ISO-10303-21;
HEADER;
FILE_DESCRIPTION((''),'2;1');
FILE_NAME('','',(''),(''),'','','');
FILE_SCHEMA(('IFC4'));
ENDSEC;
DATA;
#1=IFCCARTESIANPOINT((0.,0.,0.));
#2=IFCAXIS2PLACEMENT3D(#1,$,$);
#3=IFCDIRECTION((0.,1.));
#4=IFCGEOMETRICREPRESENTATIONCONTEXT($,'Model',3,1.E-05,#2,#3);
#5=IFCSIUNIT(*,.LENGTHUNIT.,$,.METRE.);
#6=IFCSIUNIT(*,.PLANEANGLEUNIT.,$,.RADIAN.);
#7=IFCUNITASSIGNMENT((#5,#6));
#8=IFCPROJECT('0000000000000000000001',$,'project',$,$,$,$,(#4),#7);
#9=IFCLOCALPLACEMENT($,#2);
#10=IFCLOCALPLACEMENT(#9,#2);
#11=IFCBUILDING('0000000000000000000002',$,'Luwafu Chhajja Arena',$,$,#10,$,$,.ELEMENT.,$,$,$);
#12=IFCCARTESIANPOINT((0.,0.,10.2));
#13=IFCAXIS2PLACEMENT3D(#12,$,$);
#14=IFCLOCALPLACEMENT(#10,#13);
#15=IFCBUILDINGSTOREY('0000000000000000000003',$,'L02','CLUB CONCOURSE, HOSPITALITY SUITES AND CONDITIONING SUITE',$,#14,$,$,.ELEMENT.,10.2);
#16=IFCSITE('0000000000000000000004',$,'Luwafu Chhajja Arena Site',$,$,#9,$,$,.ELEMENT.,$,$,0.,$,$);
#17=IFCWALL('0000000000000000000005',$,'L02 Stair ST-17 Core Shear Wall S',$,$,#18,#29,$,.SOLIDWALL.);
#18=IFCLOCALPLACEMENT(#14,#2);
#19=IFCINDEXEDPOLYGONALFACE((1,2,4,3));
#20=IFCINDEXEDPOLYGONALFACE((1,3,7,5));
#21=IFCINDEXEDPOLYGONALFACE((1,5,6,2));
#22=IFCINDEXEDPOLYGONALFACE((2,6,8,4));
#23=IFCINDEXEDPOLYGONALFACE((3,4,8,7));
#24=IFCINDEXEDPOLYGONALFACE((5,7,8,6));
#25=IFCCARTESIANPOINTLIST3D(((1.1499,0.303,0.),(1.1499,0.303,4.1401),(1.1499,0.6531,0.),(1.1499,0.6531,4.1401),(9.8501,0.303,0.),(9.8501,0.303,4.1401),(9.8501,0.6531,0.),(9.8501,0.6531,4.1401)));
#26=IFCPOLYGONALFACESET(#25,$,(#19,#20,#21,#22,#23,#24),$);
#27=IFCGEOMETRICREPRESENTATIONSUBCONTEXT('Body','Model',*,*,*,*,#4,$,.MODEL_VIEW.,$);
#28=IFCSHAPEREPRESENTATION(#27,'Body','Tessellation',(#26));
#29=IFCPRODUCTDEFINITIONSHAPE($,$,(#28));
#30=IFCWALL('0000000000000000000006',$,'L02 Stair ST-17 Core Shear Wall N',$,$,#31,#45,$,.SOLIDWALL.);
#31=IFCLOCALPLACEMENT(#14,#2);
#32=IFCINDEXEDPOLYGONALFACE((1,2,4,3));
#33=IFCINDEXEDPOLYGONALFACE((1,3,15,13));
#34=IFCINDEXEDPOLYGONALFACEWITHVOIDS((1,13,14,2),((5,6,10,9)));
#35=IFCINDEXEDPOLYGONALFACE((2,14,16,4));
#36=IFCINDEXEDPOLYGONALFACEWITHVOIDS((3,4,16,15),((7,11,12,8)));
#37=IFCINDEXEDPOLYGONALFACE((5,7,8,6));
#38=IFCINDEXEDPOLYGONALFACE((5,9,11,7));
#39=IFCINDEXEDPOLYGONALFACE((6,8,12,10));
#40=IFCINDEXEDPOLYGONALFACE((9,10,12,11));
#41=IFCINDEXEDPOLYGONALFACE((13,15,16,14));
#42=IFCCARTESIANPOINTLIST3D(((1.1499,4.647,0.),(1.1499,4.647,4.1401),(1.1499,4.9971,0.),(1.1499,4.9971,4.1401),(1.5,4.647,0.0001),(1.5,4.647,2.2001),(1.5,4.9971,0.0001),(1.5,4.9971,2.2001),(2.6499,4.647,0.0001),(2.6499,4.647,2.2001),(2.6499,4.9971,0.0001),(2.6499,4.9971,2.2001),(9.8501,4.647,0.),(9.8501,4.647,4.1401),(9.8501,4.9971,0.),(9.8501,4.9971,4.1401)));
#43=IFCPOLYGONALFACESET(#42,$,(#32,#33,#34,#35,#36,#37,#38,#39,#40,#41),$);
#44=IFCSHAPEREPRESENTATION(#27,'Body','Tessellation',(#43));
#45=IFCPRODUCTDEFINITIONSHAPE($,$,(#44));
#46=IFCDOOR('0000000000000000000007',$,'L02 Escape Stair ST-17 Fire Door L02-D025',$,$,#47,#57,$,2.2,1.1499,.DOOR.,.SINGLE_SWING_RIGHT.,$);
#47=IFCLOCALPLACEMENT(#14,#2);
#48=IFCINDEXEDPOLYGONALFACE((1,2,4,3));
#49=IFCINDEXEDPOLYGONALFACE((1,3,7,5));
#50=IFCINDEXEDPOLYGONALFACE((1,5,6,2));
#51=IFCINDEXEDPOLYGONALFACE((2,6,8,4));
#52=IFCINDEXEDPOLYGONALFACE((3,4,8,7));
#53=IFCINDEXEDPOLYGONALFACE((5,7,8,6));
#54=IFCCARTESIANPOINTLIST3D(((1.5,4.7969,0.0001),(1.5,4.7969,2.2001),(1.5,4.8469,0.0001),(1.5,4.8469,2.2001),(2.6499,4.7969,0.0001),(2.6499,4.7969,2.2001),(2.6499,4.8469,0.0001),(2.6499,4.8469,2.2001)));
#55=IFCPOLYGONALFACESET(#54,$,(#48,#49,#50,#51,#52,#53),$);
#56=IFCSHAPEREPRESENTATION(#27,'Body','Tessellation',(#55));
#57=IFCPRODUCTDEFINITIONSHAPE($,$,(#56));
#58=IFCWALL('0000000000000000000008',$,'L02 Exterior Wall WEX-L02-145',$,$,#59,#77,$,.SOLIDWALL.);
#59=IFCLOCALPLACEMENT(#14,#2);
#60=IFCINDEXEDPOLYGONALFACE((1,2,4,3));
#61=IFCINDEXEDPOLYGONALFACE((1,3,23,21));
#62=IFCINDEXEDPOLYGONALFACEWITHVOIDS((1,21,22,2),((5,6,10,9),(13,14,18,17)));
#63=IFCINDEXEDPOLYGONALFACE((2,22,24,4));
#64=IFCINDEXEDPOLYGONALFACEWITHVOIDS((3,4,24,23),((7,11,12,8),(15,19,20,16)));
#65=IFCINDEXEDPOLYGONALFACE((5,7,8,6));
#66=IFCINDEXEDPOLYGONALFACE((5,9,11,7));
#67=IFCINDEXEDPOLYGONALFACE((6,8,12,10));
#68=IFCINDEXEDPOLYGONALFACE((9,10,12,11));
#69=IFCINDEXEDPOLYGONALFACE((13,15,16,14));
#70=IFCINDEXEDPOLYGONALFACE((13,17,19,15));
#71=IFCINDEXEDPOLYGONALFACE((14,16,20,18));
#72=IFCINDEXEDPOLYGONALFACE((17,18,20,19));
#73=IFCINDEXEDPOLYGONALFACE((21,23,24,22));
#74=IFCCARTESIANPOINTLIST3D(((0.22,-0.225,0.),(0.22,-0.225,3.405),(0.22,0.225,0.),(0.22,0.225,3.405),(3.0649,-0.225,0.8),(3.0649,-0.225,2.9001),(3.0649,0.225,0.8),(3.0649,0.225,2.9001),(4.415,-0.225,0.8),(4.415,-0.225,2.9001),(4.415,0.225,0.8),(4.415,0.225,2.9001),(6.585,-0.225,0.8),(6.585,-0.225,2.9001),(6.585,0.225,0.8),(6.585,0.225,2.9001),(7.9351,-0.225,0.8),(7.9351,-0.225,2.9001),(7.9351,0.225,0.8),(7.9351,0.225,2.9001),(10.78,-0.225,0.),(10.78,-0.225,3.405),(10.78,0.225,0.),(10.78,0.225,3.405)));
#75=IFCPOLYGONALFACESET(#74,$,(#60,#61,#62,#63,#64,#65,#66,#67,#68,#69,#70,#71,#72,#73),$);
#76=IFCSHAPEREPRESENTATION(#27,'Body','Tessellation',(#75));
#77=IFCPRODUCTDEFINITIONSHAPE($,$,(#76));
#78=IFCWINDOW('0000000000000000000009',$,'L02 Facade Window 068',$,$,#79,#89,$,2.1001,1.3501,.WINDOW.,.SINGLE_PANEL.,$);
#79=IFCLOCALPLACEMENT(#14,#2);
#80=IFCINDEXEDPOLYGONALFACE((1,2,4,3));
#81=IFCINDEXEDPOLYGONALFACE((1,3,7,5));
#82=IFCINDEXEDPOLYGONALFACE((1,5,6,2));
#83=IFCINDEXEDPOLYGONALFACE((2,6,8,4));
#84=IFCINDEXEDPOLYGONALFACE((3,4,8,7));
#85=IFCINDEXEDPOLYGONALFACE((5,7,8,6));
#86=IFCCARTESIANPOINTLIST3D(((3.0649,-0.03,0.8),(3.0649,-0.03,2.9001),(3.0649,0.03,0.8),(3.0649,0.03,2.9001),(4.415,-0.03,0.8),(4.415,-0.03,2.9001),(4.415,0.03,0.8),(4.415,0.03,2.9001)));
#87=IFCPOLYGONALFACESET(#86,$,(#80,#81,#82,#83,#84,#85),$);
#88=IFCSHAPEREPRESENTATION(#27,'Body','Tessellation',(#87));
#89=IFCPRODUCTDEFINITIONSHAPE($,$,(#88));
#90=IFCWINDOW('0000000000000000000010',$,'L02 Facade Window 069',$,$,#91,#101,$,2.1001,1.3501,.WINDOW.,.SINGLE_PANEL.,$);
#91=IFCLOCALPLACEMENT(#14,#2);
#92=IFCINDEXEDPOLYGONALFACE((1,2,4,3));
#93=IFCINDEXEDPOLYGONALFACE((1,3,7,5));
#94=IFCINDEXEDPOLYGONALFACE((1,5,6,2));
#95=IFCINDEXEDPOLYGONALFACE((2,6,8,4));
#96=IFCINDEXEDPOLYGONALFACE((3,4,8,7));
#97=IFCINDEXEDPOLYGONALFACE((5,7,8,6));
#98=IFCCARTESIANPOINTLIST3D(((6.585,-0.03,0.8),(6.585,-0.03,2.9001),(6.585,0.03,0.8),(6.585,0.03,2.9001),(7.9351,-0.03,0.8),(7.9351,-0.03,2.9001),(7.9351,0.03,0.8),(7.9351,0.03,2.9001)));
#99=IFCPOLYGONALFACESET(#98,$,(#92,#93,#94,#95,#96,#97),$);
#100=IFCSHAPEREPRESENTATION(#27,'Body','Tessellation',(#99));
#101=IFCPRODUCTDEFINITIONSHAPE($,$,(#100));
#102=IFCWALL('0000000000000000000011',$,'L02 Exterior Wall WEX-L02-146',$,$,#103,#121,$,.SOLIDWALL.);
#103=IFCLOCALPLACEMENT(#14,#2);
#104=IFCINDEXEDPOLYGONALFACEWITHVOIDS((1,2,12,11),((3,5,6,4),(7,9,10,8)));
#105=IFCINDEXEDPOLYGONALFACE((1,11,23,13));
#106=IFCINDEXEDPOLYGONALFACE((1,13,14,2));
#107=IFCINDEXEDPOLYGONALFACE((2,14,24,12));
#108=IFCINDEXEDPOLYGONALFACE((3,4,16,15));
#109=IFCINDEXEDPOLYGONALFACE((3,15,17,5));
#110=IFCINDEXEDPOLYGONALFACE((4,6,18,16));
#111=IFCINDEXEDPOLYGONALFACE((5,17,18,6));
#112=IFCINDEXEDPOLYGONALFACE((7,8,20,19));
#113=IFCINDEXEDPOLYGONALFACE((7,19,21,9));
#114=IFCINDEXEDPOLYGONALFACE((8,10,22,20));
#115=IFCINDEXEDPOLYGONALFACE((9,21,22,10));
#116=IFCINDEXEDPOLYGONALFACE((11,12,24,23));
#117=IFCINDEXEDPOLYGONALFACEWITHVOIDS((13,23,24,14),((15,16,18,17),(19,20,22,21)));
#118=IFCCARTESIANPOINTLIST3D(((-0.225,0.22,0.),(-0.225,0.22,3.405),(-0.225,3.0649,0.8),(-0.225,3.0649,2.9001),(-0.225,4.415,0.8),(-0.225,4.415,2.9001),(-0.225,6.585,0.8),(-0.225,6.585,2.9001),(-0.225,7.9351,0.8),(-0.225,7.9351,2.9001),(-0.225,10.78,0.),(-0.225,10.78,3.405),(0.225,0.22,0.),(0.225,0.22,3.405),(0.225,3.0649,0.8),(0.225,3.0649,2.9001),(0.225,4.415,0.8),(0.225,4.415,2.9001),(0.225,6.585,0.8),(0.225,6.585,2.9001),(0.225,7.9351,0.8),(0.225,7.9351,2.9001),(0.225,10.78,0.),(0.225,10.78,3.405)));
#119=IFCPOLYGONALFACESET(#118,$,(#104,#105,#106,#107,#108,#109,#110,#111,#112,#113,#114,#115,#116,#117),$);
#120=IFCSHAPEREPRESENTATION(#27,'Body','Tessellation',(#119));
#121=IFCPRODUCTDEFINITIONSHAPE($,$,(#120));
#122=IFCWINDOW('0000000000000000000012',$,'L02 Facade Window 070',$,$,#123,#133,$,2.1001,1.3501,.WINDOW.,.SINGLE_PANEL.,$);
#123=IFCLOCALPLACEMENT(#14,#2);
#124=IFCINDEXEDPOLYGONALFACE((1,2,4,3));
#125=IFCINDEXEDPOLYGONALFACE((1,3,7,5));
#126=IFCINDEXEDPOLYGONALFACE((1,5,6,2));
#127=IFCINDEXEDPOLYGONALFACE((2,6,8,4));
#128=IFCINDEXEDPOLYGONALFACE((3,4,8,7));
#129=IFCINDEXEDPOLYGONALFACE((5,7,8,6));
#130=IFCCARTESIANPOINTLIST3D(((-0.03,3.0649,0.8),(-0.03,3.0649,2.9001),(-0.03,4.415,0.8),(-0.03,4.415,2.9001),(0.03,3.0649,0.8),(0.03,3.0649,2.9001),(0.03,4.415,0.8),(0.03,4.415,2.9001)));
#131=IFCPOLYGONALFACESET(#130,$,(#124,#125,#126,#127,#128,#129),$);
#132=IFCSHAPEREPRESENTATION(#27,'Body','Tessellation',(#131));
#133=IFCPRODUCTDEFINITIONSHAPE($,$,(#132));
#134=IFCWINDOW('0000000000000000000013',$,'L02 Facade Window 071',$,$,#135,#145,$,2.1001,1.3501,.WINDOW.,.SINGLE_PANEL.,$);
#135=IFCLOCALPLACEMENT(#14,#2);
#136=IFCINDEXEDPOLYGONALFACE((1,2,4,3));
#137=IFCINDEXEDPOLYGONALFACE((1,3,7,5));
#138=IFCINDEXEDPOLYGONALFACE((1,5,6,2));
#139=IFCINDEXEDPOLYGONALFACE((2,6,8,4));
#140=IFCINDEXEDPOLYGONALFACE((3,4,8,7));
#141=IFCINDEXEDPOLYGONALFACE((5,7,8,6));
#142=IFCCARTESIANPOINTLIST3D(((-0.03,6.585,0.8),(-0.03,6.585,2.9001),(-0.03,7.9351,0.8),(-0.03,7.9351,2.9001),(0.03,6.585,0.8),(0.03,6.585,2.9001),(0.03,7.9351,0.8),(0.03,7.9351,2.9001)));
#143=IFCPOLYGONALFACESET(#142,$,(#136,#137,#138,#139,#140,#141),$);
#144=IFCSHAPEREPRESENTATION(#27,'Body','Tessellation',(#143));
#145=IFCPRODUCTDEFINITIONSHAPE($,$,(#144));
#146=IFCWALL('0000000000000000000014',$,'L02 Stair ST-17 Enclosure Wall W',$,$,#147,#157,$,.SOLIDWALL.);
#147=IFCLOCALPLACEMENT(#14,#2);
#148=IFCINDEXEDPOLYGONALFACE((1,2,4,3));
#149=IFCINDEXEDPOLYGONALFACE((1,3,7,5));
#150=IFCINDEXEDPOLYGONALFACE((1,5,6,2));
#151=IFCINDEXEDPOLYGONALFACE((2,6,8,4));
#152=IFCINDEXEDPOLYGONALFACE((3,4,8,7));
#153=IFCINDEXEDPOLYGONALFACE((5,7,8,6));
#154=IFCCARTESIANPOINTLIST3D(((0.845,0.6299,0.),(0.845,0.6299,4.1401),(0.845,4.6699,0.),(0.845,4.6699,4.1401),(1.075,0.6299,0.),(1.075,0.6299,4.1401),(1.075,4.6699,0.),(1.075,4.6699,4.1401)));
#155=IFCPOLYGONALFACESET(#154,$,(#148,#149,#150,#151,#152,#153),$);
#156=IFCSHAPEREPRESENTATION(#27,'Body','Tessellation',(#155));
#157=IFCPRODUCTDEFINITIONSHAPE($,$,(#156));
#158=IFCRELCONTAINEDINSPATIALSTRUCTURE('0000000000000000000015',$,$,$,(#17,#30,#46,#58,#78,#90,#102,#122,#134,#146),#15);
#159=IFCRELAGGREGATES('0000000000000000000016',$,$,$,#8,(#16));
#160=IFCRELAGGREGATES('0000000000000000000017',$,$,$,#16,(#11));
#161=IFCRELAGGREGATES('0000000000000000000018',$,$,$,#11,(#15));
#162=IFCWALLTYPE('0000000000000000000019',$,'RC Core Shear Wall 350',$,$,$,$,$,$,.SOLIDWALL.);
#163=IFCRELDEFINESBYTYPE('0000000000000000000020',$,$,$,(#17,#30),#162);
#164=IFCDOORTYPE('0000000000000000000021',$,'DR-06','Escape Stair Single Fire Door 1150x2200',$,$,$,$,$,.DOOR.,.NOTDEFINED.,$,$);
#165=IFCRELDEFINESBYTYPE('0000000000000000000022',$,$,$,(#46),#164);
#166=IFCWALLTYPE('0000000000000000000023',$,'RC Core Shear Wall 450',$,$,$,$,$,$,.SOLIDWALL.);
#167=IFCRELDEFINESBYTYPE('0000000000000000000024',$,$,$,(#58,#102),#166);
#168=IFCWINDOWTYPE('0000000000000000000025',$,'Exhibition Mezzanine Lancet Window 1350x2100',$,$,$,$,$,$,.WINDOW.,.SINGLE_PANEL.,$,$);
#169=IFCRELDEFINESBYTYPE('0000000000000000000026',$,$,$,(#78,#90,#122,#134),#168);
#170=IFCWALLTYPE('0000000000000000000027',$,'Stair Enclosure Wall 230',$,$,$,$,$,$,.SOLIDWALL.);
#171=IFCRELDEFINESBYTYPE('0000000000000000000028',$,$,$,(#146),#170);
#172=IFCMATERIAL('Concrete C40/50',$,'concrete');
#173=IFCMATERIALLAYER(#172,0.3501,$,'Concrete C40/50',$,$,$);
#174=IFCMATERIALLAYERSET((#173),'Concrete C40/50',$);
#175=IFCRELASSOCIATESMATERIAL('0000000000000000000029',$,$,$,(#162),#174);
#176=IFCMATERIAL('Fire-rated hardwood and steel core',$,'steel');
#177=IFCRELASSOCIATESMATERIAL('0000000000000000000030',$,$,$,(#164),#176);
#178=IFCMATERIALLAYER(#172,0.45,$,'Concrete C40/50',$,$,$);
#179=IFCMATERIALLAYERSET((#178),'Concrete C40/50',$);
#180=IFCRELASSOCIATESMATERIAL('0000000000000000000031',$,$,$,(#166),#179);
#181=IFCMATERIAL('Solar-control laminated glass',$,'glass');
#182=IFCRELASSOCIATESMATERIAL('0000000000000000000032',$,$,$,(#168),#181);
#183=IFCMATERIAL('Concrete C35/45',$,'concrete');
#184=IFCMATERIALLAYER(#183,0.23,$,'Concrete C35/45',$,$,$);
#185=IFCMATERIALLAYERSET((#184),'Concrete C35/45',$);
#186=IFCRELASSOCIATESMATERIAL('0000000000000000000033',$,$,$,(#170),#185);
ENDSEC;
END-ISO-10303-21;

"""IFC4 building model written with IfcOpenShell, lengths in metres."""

from ifc_helpers import new_model, si_unit, direction, frame, frame_2d, origin, place, context, subcontext, project, spatial, rectangle, extrude, material, layer, layer_set, type_object, element, fill, save


model = new_model("IFC4")

# Units and contexts
model_context = context("Model", 3, precision=1e-05, world=origin(), true_north=direction((0.0, 1.0)))
body_context = subcontext(model_context, "Body", "Model", "MODEL_VIEW")
ifc_project = project(units=[si_unit("LENGTHUNIT", "METRE"), si_unit("PLANEANGLEUNIT", "RADIAN")], contexts=[model_context])

# Site, building, storey
site_placement = place(None, origin())
site = spatial("IfcSite", under=ifc_project, at=site_placement, Name="Luwafu Chhajja Arena Site", CompositionType="ELEMENT", RefElevation=0.0)
building_placement = place(site_placement, origin())
building = spatial("IfcBuilding", under=site, at=building_placement, Name="Luwafu Chhajja Arena", CompositionType="ELEMENT")
storey_placement = place(building_placement, frame((0.0, 0.0, 10.2)))
storey = spatial("IfcBuildingStorey", under=building, at=storey_placement, Name="L02", Description="CLUB CONCOURSE, HOSPITALITY SUITES AND CONDITIONING SUITE", CompositionType="ELEMENT", Elevation=10.2)

# Wall
ifc_material_1 = material(Name="Concrete C40/50", Category="concrete")
ifc_layer_1 = layer(ifc_material_1, 0.3501, Name="Concrete C40/50")
ifc_layer_set_1 = layer_set([ifc_layer_1], Name="Concrete C40/50")
wall_type_1 = type_object("IfcWallType", Name="RC Core Shear Wall 350", PredefinedType="SOLIDWALL", material=ifc_layer_set_1)
wall_1_placement = place(storey_placement, frame((1.1499, 0.478, 0.0), z_axis=(0.0, 0.0, 1.0), x_axis=(1.0, 0.0, 0.0)))
element("IfcWall", 1, at=wall_1_placement, inside=storey, type_object=wall_type_1, Name="L02 Stair ST-17 Core Shear Wall S", PredefinedType="SOLIDWALL", context=body_context, shape_type="SweptSolid", body=[
    extrude(rectangle(XDim=8.7002, YDim=0.3501, at=frame_2d((4.3501, 0.0))), origin(), (0.0, 0.0, 1.0), 4.1401),
])

# Wall, opening, door
wall_2_placement = place(storey_placement, frame((1.1499, 4.822, 0.0), z_axis=(0.0, 0.0, 1.0), x_axis=(1.0, 0.0, 0.0)))
wall_2 = element("IfcWall", 2, at=wall_2_placement, inside=storey, type_object=wall_type_1, Name="L02 Stair ST-17 Core Shear Wall N", PredefinedType="SOLIDWALL", context=body_context, shape_type="SweptSolid", body=[
    extrude(rectangle(XDim=8.7002, YDim=0.3501, at=frame_2d((4.3501, 0.0))), origin(), (0.0, 0.0, 1.0), 4.1401),
])
opening_1_placement = place(wall_2_placement, frame((0.3501, 0.0, 0.0)))
opening_1 = element("IfcOpeningElement", 3, at=opening_1_placement, cuts=wall_2, PredefinedType="OPENING", context=body_context, shape_type="SweptSolid", body=[
    extrude(rectangle(XDim=1.1499, YDim=2.2, at=frame_2d((0.575, 1.1001))), frame((0.0, 0.1851, 0.0), z_axis=(0.0, -1.0, 0.0), x_axis=(1.0, 0.0, 0.0)), (0.0, 0.0, 1.0), 0.3701),
])
ifc_material_2 = material(Name="Fire-rated hardwood and steel core", Category="steel")
door_type = type_object("IfcDoorType", Name="DR-06", Description="Escape Stair Single Fire Door 1150x2200", OperationType="NOTDEFINED", PredefinedType="DOOR", material=ifc_material_2)
door_placement = place(opening_1_placement, origin())
door = element("IfcDoor", 4, at=door_placement, inside=storey, type_object=door_type, Name="L02 Escape Stair ST-17 Fire Door L02-D025", OperationType="SINGLE_SWING_RIGHT", OverallHeight=2.2, OverallWidth=1.1499, PredefinedType="DOOR", context=body_context, shape_type="SweptSolid", body=[
    extrude(rectangle(XDim=1.1499, YDim=2.2, at=frame_2d((0.575, 1.1001))), frame((0.0, 0.0249, 0.0), z_axis=(0.0, -1.0, 0.0), x_axis=(1.0, 0.0, 0.0)), (0.0, 0.0, 1.0), 0.05),
])
fill(opening_1, door)

# Walls, openings, windows
ifc_layer_2 = layer(ifc_material_1, 0.45, Name="Concrete C40/50")
ifc_layer_set_2 = layer_set([ifc_layer_2], Name="Concrete C40/50")
wall_type_2 = type_object("IfcWallType", Name="RC Core Shear Wall 450", PredefinedType="SOLIDWALL", material=ifc_layer_set_2)
wall_3_placement = place(storey_placement, frame((0.22, 0.0, 0.0), z_axis=(0.0, 0.0, 1.0), x_axis=(1.0, 0.0, 0.0)))
wall_3 = element("IfcWall", 5, at=wall_3_placement, inside=storey, type_object=wall_type_2, Name="L02 Exterior Wall WEX-L02-145", PredefinedType="SOLIDWALL", context=body_context, shape_type="SweptSolid", body=[
    extrude(rectangle(XDim=10.5601, YDim=0.45, at=frame_2d((5.28, 0.0))), origin(), (0.0, 0.0, 1.0), 3.405),
])
opening_2_placement = place(wall_3_placement, frame((2.845, 0.0, 0.8)))
opening_2 = element("IfcOpeningElement", 6, at=opening_2_placement, cuts=wall_3, PredefinedType="OPENING", context=body_context, shape_type="SweptSolid", body=[
    extrude(rectangle(XDim=1.3501, YDim=2.1001, at=frame_2d((0.675, 1.05))), frame((0.0, 0.2349, 0.0), z_axis=(0.0, -1.0, 0.0), x_axis=(1.0, 0.0, 0.0)), (0.0, 0.0, 1.0), 0.47),
])
opening_3_placement = place(wall_3_placement, frame((6.365, 0.0, 0.8)))
opening_3 = element("IfcOpeningElement", 7, at=opening_3_placement, cuts=wall_3, PredefinedType="OPENING", context=body_context, shape_type="SweptSolid", body=[
    extrude(rectangle(XDim=1.3501, YDim=2.1001, at=frame_2d((0.675, 1.05))), frame((0.0, 0.2349, 0.0), z_axis=(0.0, -1.0, 0.0), x_axis=(1.0, 0.0, 0.0)), (0.0, 0.0, 1.0), 0.47),
])
ifc_material_3 = material(Name="Solar-control laminated glass", Category="glass")
window_type = type_object("IfcWindowType", Name="Exhibition Mezzanine Lancet Window 1350x2100", PartitioningType="SINGLE_PANEL", PredefinedType="WINDOW", material=ifc_material_3)
window_1_placement = place(opening_2_placement, origin())
window_1 = element("IfcWindow", 8, at=window_1_placement, inside=storey, type_object=window_type, Name="L02 Facade Window 068", OverallHeight=2.1001, OverallWidth=1.3501, PartitioningType="SINGLE_PANEL", PredefinedType="WINDOW", context=body_context, shape_type="SweptSolid", body=[
    extrude(rectangle(XDim=1.3501, YDim=2.1001, at=frame_2d((0.675, 1.05))), frame((0.0, 0.03, 0.0), z_axis=(0.0, -1.0, 0.0), x_axis=(1.0, 0.0, 0.0)), (0.0, 0.0, 1.0), 0.0601),
])
fill(opening_2, window_1)
window_2_placement = place(opening_3_placement, origin())
window_2 = element("IfcWindow", 9, at=window_2_placement, inside=storey, type_object=window_type, Name="L02 Facade Window 069", OverallHeight=2.1001, OverallWidth=1.3501, PartitioningType="SINGLE_PANEL", PredefinedType="WINDOW", context=body_context, shape_type="SweptSolid", body=[
    extrude(rectangle(XDim=1.3501, YDim=2.1001, at=frame_2d((0.675, 1.05))), frame((0.0, 0.03, 0.0), z_axis=(0.0, -1.0, 0.0), x_axis=(1.0, 0.0, 0.0)), (0.0, 0.0, 1.0), 0.0601),
])
fill(opening_3, window_2)
wall_4_placement = place(storey_placement, frame((0.0, 0.22, 0.0), z_axis=(0.0, 0.0, 1.0), x_axis=(0.0, 1.0, 0.0)))
wall_4 = element("IfcWall", 10, at=wall_4_placement, inside=storey, type_object=wall_type_2, Name="L02 Exterior Wall WEX-L02-146", PredefinedType="SOLIDWALL", context=body_context, shape_type="SweptSolid", body=[
    extrude(rectangle(XDim=10.5601, YDim=0.45, at=frame_2d((5.28, 0.0))), origin(), (0.0, 0.0, 1.0), 3.405),
])
opening_4_placement = place(wall_4_placement, frame((2.845, 0.0, 0.8)))
opening_4 = element("IfcOpeningElement", 11, at=opening_4_placement, cuts=wall_4, PredefinedType="OPENING", context=body_context, shape_type="SweptSolid", body=[
    extrude(rectangle(XDim=1.3501, YDim=2.1001, at=frame_2d((0.675, 1.05))), frame((0.0, 0.2349, 0.0), z_axis=(0.0, -1.0, 0.0), x_axis=(1.0, 0.0, 0.0)), (0.0, 0.0, 1.0), 0.47),
])
opening_5_placement = place(wall_4_placement, frame((6.365, 0.0, 0.8)))
opening_5 = element("IfcOpeningElement", 12, at=opening_5_placement, cuts=wall_4, PredefinedType="OPENING", context=body_context, shape_type="SweptSolid", body=[
    extrude(rectangle(XDim=1.3501, YDim=2.1001, at=frame_2d((0.675, 1.05))), frame((0.0, 0.2349, 0.0), z_axis=(0.0, -1.0, 0.0), x_axis=(1.0, 0.0, 0.0)), (0.0, 0.0, 1.0), 0.47),
])
window_3_placement = place(opening_4_placement, origin())
window_3 = element("IfcWindow", 13, at=window_3_placement, inside=storey, type_object=window_type, Name="L02 Facade Window 070", OverallHeight=2.1001, OverallWidth=1.3501, PartitioningType="SINGLE_PANEL", PredefinedType="WINDOW", context=body_context, shape_type="SweptSolid", body=[
    extrude(rectangle(XDim=1.3501, YDim=2.1001, at=frame_2d((0.675, 1.05))), frame((0.0, 0.03, 0.0), z_axis=(0.0, -1.0, 0.0), x_axis=(1.0, 0.0, 0.0)), (0.0, 0.0, 1.0), 0.0601),
])
fill(opening_4, window_3)
window_4_placement = place(opening_5_placement, origin())
window_4 = element("IfcWindow", 14, at=window_4_placement, inside=storey, type_object=window_type, Name="L02 Facade Window 071", OverallHeight=2.1001, OverallWidth=1.3501, PartitioningType="SINGLE_PANEL", PredefinedType="WINDOW", context=body_context, shape_type="SweptSolid", body=[
    extrude(rectangle(XDim=1.3501, YDim=2.1001, at=frame_2d((0.675, 1.05))), frame((0.0, 0.03, 0.0), z_axis=(0.0, -1.0, 0.0), x_axis=(1.0, 0.0, 0.0)), (0.0, 0.0, 1.0), 0.0601),
])
fill(opening_5, window_4)

# Wall
ifc_material_4 = material(Name="Concrete C35/45", Category="concrete")
ifc_layer_3 = layer(ifc_material_4, 0.23, Name="Concrete C35/45")
ifc_layer_set_3 = layer_set([ifc_layer_3], Name="Concrete C35/45")
wall_type_3 = type_object("IfcWallType", Name="Stair Enclosure Wall 230", PredefinedType="SOLIDWALL", material=ifc_layer_set_3)
wall_5_placement = place(storey_placement, frame((0.96, 0.6299, 0.0), z_axis=(0.0, 0.0, 1.0), x_axis=(0.0, 1.0, 0.0)))
element("IfcWall", 15, at=wall_5_placement, inside=storey, type_object=wall_type_3, Name="L02 Stair ST-17 Enclosure Wall W", PredefinedType="SOLIDWALL", context=body_context, shape_type="SweptSolid", body=[
    extrude(rectangle(XDim=4.04, YDim=0.23, at=frame_2d((2.02, 0.0))), origin(), (0.0, 0.0, 1.0), 4.1401),
])

save(model, "model.ifc")
